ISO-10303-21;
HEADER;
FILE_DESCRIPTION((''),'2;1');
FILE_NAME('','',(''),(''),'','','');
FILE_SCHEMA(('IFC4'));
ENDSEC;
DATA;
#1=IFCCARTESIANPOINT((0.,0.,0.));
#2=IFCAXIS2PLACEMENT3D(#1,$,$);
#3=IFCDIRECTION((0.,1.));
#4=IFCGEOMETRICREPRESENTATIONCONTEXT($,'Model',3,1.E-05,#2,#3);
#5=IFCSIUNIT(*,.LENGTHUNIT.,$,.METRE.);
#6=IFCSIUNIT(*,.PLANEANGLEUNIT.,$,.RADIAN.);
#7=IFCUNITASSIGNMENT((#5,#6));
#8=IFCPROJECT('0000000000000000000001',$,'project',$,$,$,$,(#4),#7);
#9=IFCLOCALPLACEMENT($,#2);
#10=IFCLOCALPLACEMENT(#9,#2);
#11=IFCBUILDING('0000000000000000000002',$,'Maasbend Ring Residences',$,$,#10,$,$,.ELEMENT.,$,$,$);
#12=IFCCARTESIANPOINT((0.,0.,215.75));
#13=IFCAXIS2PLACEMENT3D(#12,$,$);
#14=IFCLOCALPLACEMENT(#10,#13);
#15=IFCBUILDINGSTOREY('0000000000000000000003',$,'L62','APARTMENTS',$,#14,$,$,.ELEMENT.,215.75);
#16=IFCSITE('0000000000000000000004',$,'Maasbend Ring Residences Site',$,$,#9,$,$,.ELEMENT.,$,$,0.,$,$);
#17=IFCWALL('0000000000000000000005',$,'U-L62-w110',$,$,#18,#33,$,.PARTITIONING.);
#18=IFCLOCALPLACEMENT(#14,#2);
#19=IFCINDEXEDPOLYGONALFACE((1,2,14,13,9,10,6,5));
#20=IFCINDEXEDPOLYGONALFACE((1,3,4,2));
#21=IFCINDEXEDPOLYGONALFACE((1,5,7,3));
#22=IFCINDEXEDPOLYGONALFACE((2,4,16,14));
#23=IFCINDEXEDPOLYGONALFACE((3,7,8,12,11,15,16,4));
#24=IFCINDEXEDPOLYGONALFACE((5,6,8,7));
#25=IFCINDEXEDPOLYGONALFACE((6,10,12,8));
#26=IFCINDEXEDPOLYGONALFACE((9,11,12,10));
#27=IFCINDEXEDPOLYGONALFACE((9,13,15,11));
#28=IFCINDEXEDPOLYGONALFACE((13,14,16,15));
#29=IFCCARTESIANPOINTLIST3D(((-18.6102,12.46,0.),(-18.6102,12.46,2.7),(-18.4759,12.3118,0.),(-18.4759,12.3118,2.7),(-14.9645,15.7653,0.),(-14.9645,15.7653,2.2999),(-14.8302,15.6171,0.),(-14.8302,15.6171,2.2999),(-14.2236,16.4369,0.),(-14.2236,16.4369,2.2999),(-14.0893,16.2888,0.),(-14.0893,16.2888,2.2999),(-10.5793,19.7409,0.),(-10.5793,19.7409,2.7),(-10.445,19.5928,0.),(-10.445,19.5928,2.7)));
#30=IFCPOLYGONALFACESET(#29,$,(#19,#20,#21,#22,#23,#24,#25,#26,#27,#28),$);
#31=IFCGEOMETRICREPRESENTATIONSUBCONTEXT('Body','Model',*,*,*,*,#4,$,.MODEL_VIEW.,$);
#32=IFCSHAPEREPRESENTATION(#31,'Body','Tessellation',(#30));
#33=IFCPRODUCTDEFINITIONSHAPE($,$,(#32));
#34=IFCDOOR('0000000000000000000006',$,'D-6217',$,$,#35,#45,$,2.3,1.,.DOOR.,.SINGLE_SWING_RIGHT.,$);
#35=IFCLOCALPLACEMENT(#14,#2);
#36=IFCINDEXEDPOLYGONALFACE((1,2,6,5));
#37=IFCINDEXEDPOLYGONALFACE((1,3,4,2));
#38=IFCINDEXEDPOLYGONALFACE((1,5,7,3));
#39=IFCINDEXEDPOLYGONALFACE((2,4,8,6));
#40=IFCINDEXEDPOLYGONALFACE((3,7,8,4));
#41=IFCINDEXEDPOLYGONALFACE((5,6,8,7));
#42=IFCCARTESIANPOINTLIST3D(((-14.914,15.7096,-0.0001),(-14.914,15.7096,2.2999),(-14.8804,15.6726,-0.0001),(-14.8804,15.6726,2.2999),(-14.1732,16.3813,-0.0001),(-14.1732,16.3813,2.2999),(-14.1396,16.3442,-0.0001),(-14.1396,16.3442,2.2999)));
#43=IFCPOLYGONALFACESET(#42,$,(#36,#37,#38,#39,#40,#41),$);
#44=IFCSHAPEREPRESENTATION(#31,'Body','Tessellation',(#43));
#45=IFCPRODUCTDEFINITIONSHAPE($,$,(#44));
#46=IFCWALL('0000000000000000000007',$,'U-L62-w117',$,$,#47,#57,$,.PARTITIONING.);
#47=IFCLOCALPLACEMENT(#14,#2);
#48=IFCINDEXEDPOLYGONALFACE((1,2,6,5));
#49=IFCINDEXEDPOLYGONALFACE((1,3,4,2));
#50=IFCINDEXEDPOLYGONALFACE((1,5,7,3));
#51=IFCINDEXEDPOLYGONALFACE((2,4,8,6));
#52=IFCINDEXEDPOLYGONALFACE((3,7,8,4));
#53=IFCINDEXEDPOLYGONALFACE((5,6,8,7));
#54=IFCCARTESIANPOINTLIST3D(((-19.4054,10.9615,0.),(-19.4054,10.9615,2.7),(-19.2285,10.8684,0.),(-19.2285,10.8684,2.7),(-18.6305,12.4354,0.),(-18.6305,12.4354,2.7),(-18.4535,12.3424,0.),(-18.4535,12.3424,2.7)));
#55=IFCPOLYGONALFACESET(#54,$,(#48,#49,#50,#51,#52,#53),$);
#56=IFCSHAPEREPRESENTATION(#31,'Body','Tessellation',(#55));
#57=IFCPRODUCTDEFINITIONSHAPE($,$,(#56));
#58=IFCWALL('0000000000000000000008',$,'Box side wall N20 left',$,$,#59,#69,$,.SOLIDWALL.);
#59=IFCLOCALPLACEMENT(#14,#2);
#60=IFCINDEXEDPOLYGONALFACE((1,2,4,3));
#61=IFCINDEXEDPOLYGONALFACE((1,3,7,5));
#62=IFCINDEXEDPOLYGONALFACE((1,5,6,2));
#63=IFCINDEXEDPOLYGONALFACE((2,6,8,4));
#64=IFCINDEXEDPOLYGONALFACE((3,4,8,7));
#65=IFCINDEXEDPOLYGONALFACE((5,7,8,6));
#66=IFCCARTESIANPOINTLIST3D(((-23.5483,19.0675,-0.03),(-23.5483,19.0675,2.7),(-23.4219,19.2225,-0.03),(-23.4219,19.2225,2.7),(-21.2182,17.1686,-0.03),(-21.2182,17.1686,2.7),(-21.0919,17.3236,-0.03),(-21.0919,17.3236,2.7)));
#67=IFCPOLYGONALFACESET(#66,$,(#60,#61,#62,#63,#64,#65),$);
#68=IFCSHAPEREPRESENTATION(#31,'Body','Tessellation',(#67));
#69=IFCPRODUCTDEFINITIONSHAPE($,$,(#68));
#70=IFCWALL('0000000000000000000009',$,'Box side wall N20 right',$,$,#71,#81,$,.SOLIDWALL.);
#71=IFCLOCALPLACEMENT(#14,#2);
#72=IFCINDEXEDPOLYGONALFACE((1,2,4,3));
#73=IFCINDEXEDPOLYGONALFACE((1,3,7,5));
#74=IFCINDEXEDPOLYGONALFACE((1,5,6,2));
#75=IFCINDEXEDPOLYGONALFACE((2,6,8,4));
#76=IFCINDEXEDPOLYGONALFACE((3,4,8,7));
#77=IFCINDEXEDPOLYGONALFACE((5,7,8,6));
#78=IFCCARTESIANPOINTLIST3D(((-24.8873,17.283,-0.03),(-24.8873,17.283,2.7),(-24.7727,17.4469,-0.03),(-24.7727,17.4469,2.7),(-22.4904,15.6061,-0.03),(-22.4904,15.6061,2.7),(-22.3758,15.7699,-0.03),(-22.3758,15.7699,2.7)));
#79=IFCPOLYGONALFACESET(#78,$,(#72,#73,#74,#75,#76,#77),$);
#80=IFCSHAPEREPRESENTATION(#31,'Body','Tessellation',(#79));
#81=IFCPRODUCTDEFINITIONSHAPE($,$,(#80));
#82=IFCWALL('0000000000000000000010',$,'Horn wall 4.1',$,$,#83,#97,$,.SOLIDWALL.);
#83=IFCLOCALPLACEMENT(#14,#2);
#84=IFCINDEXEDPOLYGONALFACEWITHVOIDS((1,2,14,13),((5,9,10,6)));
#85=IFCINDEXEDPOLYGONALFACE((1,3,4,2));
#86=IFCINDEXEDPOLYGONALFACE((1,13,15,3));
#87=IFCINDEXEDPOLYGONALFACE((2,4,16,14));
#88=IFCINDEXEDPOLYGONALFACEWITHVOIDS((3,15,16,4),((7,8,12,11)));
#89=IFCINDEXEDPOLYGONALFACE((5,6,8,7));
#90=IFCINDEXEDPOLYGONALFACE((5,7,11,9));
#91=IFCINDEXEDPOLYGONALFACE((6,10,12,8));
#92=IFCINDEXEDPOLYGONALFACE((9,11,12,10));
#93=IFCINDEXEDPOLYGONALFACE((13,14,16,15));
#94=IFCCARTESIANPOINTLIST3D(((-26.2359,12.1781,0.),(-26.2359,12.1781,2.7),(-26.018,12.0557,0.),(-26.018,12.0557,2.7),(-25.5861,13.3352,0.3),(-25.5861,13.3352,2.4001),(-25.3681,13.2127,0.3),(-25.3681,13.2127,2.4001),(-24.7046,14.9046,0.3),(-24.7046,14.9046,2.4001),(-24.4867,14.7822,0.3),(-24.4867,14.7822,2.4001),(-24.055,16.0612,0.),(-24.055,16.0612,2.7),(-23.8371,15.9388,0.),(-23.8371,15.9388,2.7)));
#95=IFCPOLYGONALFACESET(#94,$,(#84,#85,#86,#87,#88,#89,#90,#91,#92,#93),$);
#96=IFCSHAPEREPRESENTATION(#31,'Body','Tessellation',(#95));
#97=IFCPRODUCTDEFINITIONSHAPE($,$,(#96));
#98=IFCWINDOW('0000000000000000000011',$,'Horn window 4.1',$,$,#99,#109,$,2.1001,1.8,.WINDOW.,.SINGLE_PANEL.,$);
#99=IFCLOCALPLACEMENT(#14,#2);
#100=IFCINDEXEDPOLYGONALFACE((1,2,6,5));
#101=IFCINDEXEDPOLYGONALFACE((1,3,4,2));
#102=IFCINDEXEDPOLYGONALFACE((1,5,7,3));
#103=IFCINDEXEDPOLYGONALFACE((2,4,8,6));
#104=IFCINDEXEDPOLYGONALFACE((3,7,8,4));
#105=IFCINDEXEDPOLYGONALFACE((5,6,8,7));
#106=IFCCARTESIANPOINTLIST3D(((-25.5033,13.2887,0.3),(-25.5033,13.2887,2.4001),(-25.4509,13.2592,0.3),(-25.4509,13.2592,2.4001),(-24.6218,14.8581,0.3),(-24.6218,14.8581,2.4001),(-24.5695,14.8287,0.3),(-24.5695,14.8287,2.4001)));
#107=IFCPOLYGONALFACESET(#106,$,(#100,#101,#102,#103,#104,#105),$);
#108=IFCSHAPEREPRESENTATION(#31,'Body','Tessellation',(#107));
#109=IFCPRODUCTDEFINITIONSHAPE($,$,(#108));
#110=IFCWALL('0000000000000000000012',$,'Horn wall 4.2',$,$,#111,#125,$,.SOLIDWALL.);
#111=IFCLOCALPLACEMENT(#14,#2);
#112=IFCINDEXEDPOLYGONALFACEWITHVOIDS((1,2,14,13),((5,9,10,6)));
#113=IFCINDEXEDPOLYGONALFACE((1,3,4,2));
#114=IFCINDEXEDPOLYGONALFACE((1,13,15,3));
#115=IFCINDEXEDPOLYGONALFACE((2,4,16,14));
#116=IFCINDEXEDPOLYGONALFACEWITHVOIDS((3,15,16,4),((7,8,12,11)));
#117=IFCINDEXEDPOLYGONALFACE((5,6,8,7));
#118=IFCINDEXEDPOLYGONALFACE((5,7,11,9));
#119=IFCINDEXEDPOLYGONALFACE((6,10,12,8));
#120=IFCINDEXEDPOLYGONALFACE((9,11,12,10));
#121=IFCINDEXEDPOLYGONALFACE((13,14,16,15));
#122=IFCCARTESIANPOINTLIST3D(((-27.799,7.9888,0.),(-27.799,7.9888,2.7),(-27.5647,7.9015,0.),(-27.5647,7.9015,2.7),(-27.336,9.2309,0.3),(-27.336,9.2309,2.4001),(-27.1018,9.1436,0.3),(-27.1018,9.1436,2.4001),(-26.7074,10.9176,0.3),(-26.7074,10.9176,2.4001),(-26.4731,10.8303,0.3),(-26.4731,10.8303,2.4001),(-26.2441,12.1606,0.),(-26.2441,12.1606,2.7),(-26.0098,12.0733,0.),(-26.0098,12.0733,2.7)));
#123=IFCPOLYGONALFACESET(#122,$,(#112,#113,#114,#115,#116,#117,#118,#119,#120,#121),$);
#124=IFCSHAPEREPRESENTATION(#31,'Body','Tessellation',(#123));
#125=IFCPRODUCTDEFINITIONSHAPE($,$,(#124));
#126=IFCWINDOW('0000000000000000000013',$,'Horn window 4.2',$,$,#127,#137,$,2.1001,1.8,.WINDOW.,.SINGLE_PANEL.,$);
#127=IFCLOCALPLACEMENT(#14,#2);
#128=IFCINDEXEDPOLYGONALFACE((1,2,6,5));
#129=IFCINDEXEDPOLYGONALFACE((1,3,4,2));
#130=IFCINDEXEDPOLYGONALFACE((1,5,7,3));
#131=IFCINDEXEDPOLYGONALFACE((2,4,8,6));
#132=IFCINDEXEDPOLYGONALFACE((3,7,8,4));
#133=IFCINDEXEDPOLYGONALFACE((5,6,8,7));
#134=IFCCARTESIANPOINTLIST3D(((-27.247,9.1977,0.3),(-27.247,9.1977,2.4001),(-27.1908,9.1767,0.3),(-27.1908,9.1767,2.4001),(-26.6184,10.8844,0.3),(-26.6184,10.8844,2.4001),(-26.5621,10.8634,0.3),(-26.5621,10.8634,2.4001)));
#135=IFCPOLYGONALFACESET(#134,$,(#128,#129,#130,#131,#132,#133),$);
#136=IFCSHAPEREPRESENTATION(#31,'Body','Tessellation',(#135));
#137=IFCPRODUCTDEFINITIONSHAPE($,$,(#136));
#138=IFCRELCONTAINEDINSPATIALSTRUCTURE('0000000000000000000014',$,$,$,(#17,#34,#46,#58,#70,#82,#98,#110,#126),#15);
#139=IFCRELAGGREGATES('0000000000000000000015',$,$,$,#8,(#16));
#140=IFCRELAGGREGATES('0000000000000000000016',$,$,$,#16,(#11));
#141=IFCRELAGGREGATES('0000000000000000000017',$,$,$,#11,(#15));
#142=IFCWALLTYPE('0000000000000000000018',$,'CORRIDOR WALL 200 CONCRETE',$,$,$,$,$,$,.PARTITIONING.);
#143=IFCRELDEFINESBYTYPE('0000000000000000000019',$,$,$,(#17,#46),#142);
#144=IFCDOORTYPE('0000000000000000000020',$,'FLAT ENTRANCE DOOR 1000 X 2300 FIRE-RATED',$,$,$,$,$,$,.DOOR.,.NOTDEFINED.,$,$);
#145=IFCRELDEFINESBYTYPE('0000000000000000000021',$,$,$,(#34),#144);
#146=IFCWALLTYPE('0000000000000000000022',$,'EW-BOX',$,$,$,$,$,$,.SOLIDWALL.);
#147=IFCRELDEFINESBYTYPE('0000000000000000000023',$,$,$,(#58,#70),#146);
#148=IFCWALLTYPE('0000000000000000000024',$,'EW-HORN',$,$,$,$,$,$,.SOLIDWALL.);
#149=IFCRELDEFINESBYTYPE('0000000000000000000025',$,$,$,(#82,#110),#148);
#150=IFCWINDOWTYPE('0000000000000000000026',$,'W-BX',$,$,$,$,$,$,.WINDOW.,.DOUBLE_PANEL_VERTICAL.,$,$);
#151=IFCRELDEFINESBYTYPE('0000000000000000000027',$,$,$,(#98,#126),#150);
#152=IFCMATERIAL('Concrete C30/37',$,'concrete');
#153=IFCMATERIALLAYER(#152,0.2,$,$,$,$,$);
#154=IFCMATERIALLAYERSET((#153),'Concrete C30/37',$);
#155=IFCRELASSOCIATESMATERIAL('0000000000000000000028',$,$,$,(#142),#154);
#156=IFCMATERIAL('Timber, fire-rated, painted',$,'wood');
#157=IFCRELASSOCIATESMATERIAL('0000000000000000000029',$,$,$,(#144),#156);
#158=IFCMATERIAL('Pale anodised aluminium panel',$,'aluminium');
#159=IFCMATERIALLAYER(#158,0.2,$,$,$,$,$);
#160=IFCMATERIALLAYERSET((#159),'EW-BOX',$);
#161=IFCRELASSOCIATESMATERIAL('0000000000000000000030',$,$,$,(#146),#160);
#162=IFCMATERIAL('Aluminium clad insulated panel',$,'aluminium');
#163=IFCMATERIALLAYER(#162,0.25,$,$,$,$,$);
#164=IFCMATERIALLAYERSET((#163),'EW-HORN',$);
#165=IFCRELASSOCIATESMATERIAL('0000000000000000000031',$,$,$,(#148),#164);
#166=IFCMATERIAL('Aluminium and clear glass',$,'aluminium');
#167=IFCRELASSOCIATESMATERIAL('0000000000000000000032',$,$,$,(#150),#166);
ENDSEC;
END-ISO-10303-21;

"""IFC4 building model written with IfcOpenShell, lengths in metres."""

from ifc_helpers import new_model, si_unit, direction, frame, frame_2d, origin, place, context, subcontext, project, spatial, rectangle, extrude, material, layer, layer_set, type_object, element, fill, save


model = new_model("IFC4")

# Units and contexts
model_context = context("Model", 3, precision=1e-05, world=origin(), true_north=direction((0.0, 1.0)))
body_context = subcontext(model_context, "Body", "Model", "MODEL_VIEW")
ifc_project = project(units=[si_unit("LENGTHUNIT", "METRE"), si_unit("PLANEANGLEUNIT", "RADIAN")], contexts=[model_context])

# Site, building, storey
site_placement = place(None, origin())
site = spatial("IfcSite", under=ifc_project, at=site_placement, Name="Maasbend Ring Residences Site", CompositionType="ELEMENT", RefElevation=0.0)
building_placement = place(site_placement, origin())
building = spatial("IfcBuilding", under=site, at=building_placement, Name="Maasbend Ring Residences", CompositionType="ELEMENT")
storey_placement = place(building_placement, frame((0.0, 0.0, 215.75)))
storey = spatial("IfcBuildingStorey", under=building, at=storey_placement, Name="L62", Description="APARTMENTS", CompositionType="ELEMENT", Elevation=215.75)

# Wall, opening, door
ifc_material_1 = material(Name="Concrete C30/37", Category="concrete")
ifc_layer_1 = layer(ifc_material_1, 0.2)
ifc_layer_set_1 = layer_set([ifc_layer_1], Name="Concrete C30/37")
wall_type_1 = type_object("IfcWallType", Name="CORRIDOR WALL 200 CONCRETE", PredefinedType="PARTITIONING", material=ifc_layer_set_1)
wall_1_placement = place(storey_placement, frame((-18.543, 12.386, 0.0), z_axis=(0.0, 0.0, 1.0), x_axis=(0.740854, 0.671667, 0.0)))
wall_1 = element("IfcWall", 1, at=wall_1_placement, inside=storey, type_object=wall_type_1, Name="U-L62-w110", PredefinedType="PARTITIONING", context=body_context, shape_type="SweptSolid", body=[
    extrude(rectangle(XDim=10.8401, YDim=0.2, at=frame_2d((5.4199, 0.0))), origin(), (0.0, 0.0, 1.0), 2.7),
])
opening_1_placement = place(wall_1_placement, frame((4.9209, 0.0, 0.0)))
opening_1 = element("IfcOpeningElement", 2, at=opening_1_placement, cuts=wall_1, PredefinedType="OPENING", context=body_context, shape_type="SweptSolid", body=[
    extrude(rectangle(XDim=1.0, YDim=2.3, at=frame_2d((0.5, 1.1499))), frame((0.0, 0.1099, 0.0), z_axis=(0.0, -1.0, 0.0), x_axis=(1.0, 0.0, 0.0)), (0.0, 0.0, 1.0), 0.22),
])
ifc_material_2 = material(Name="Timber, fire-rated, painted", Category="wood")
door_type_1 = type_object("IfcDoorType", Name="FLAT ENTRANCE DOOR 1000 X 2300 FIRE-RATED", OperationType="NOTDEFINED", PredefinedType="DOOR", material=ifc_material_2)
door_1_placement = place(opening_1_placement, origin())
door_1 = element("IfcDoor", 3, at=door_1_placement, inside=storey, type_object=door_type_1, Name="D-6217", OperationType="SINGLE_SWING_RIGHT", OverallHeight=2.3, OverallWidth=1.0, PredefinedType="DOOR", context=body_context, shape_type="SweptSolid", body=[
    extrude(rectangle(XDim=1.0, YDim=2.3, at=frame_2d((0.5, 1.1499))), frame((0.0, 0.0249, 0.0), z_axis=(0.0, -1.0, 0.0), x_axis=(1.0, 0.0, 0.0)), (0.0, 0.0, 1.0), 0.05),
])
fill(opening_1, door_1)

# Walls
wall_2_placement = place(storey_placement, frame((-19.3169, 10.915, 0.0), z_axis=(0.0, 0.0, 1.0), x_axis=(0.46536, 0.885122, 0.0)))
element("IfcWall", 4, at=wall_2_placement, inside=storey, type_object=wall_type_1, Name="U-L62-w117", PredefinedType="PARTITIONING", context=body_context, shape_type="SweptSolid", body=[
    extrude(rectangle(XDim=1.6653, YDim=0.2, at=frame_2d((0.8325, 0.0))), origin(), (0.0, 0.0, 1.0), 2.7),
])
ifc_material_3 = material(Name="Pale anodised aluminium panel", Category="aluminium")
ifc_layer_2 = layer(ifc_material_3, 0.2)
ifc_layer_set_2 = layer_set([ifc_layer_2], Name="EW-BOX")
wall_type_2 = type_object("IfcWallType", Name="EW-BOX", PredefinedType="SOLIDWALL", material=ifc_layer_set_2)
wall_3_placement = place(storey_placement, frame((-21.155, 17.2461, -0.03), z_axis=(0.0, 0.0, 1.0), x_axis=(-0.775179, 0.631742, 0.0)))
element("IfcWall", 5, at=wall_3_placement, inside=storey, type_object=wall_type_2, Name="Box side wall N20 left", PredefinedType="SOLIDWALL", context=body_context, shape_type="SweptSolid", body=[
    extrude(rectangle(XDim=3.0059, YDim=0.2, at=frame_2d((1.5029, 0.0))), origin(), (0.0, 0.0, 1.0), 2.73),
])
wall_4_placement = place(storey_placement, frame((-22.4331, 15.688, -0.03), z_axis=(0.0, 0.0, 1.0), x_axis=(-0.819373, 0.573261, 0.0)))
element("IfcWall", 6, at=wall_4_placement, inside=storey, type_object=wall_type_2, Name="Box side wall N20 right", PredefinedType="SOLIDWALL", context=body_context, shape_type="SweptSolid", body=[
    extrude(rectangle(XDim=2.9253, YDim=0.2, at=frame_2d((1.4626, 0.0))), origin(), (0.0, 0.0, 1.0), 2.73),
])

# Walls, openings, windows
ifc_material_4 = material(Name="Aluminium clad insulated panel", Category="aluminium")
ifc_layer_3 = layer(ifc_material_4, 0.25)
ifc_layer_set_3 = layer_set([ifc_layer_3], Name="EW-HORN")
wall_type_3 = type_object("IfcWallType", Name="EW-HORN", PredefinedType="SOLIDWALL", material=ifc_layer_set_3)
wall_5_placement = place(storey_placement, frame((-23.946, 16.0, 0.0), z_axis=(0.0, 0.0, 1.0), x_axis=(-0.489696, -0.871893, 0.0)))
wall_5 = element("IfcWall", 7, at=wall_5_placement, inside=storey, type_object=wall_type_3, Name="Horn wall 4.1", PredefinedType="SOLIDWALL", context=body_context, shape_type="SweptSolid", body=[
    extrude(rectangle(XDim=4.4536, YDim=0.25, at=frame_2d((2.2268, 0.0))), origin(), (0.0, 0.0, 1.0), 2.7),
])
opening_2_placement = place(wall_5_placement, frame((1.3267, 0.0, 0.3)))
opening_2 = element("IfcOpeningElement", 8, at=opening_2_placement, cuts=wall_5, PredefinedType="OPENING", context=body_context, shape_type="SweptSolid", body=[
    extrude(rectangle(XDim=1.8, YDim=2.1001, at=frame_2d((0.8999, 1.05))), frame((0.0, 0.135, 0.0), z_axis=(0.0, -1.0, 0.0), x_axis=(1.0, 0.0, 0.0)), (0.0, 0.0, 1.0), 0.27),
])
ifc_material_5 = material(Name="Aluminium and clear glass", Category="aluminium")
window_type = type_object("IfcWindowType", Name="W-BX", PartitioningType="DOUBLE_PANEL_VERTICAL", PredefinedType="WINDOW", material=ifc_material_5)
window_1_placement = place(opening_2_placement, origin())
window_1 = element("IfcWindow", 9, at=window_1_placement, inside=storey, type_object=window_type, Name="Horn window 4.1", OverallHeight=2.1001, OverallWidth=1.8, PartitioningType="SINGLE_PANEL", PredefinedType="WINDOW", context=body_context, shape_type="SweptSolid", body=[
    extrude(rectangle(XDim=1.8, YDim=2.1001, at=frame_2d((0.8999, 1.05))), frame((0.0, 0.03, 0.0), z_axis=(0.0, -1.0, 0.0), x_axis=(1.0, 0.0, 0.0)), (0.0, 0.0, 1.0), 0.0601),
])
fill(opening_2, window_1)
wall_6_placement = place(storey_placement, frame((-26.127, 12.1169, 0.0), z_axis=(0.0, 0.0, 1.0), x_axis=(-0.349248, -0.93703, 0.0)))
wall_6 = element("IfcWall", 10, at=wall_6_placement, inside=storey, type_object=wall_type_3, Name="Horn wall 4.2", PredefinedType="SOLIDWALL", context=body_context, shape_type="SweptSolid", body=[
    extrude(rectangle(XDim=4.4521, YDim=0.25, at=frame_2d((2.2261, 0.0))), origin(), (0.0, 0.0, 1.0), 2.7),
])
opening_3_placement = place(wall_6_placement, frame((1.3267, 0.0, 0.3)))
opening_3 = element("IfcOpeningElement", 11, at=opening_3_placement, cuts=wall_6, PredefinedType="OPENING", context=body_context, shape_type="SweptSolid", body=[
    extrude(rectangle(XDim=1.8, YDim=2.1001, at=frame_2d((0.8999, 1.05))), frame((0.0, 0.135, 0.0), z_axis=(0.0, -1.0, 0.0), x_axis=(1.0, 0.0, 0.0)), (0.0, 0.0, 1.0), 0.27),
])
window_2_placement = place(opening_3_placement, origin())
window_2 = element("IfcWindow", 12, at=window_2_placement, inside=storey, type_object=window_type, Name="Horn window 4.2", OverallHeight=2.1001, OverallWidth=1.8, PartitioningType="SINGLE_PANEL", PredefinedType="WINDOW", context=body_context, shape_type="SweptSolid", body=[
    extrude(rectangle(XDim=1.8, YDim=2.1001, at=frame_2d((0.8999, 1.05))), frame((0.0, 0.03, 0.0), z_axis=(0.0, -1.0, 0.0), x_axis=(1.0, 0.0, 0.0)), (0.0, 0.0, 1.0), 0.0601),
])
fill(opening_3, window_2)

save(model, "model.ifc")
